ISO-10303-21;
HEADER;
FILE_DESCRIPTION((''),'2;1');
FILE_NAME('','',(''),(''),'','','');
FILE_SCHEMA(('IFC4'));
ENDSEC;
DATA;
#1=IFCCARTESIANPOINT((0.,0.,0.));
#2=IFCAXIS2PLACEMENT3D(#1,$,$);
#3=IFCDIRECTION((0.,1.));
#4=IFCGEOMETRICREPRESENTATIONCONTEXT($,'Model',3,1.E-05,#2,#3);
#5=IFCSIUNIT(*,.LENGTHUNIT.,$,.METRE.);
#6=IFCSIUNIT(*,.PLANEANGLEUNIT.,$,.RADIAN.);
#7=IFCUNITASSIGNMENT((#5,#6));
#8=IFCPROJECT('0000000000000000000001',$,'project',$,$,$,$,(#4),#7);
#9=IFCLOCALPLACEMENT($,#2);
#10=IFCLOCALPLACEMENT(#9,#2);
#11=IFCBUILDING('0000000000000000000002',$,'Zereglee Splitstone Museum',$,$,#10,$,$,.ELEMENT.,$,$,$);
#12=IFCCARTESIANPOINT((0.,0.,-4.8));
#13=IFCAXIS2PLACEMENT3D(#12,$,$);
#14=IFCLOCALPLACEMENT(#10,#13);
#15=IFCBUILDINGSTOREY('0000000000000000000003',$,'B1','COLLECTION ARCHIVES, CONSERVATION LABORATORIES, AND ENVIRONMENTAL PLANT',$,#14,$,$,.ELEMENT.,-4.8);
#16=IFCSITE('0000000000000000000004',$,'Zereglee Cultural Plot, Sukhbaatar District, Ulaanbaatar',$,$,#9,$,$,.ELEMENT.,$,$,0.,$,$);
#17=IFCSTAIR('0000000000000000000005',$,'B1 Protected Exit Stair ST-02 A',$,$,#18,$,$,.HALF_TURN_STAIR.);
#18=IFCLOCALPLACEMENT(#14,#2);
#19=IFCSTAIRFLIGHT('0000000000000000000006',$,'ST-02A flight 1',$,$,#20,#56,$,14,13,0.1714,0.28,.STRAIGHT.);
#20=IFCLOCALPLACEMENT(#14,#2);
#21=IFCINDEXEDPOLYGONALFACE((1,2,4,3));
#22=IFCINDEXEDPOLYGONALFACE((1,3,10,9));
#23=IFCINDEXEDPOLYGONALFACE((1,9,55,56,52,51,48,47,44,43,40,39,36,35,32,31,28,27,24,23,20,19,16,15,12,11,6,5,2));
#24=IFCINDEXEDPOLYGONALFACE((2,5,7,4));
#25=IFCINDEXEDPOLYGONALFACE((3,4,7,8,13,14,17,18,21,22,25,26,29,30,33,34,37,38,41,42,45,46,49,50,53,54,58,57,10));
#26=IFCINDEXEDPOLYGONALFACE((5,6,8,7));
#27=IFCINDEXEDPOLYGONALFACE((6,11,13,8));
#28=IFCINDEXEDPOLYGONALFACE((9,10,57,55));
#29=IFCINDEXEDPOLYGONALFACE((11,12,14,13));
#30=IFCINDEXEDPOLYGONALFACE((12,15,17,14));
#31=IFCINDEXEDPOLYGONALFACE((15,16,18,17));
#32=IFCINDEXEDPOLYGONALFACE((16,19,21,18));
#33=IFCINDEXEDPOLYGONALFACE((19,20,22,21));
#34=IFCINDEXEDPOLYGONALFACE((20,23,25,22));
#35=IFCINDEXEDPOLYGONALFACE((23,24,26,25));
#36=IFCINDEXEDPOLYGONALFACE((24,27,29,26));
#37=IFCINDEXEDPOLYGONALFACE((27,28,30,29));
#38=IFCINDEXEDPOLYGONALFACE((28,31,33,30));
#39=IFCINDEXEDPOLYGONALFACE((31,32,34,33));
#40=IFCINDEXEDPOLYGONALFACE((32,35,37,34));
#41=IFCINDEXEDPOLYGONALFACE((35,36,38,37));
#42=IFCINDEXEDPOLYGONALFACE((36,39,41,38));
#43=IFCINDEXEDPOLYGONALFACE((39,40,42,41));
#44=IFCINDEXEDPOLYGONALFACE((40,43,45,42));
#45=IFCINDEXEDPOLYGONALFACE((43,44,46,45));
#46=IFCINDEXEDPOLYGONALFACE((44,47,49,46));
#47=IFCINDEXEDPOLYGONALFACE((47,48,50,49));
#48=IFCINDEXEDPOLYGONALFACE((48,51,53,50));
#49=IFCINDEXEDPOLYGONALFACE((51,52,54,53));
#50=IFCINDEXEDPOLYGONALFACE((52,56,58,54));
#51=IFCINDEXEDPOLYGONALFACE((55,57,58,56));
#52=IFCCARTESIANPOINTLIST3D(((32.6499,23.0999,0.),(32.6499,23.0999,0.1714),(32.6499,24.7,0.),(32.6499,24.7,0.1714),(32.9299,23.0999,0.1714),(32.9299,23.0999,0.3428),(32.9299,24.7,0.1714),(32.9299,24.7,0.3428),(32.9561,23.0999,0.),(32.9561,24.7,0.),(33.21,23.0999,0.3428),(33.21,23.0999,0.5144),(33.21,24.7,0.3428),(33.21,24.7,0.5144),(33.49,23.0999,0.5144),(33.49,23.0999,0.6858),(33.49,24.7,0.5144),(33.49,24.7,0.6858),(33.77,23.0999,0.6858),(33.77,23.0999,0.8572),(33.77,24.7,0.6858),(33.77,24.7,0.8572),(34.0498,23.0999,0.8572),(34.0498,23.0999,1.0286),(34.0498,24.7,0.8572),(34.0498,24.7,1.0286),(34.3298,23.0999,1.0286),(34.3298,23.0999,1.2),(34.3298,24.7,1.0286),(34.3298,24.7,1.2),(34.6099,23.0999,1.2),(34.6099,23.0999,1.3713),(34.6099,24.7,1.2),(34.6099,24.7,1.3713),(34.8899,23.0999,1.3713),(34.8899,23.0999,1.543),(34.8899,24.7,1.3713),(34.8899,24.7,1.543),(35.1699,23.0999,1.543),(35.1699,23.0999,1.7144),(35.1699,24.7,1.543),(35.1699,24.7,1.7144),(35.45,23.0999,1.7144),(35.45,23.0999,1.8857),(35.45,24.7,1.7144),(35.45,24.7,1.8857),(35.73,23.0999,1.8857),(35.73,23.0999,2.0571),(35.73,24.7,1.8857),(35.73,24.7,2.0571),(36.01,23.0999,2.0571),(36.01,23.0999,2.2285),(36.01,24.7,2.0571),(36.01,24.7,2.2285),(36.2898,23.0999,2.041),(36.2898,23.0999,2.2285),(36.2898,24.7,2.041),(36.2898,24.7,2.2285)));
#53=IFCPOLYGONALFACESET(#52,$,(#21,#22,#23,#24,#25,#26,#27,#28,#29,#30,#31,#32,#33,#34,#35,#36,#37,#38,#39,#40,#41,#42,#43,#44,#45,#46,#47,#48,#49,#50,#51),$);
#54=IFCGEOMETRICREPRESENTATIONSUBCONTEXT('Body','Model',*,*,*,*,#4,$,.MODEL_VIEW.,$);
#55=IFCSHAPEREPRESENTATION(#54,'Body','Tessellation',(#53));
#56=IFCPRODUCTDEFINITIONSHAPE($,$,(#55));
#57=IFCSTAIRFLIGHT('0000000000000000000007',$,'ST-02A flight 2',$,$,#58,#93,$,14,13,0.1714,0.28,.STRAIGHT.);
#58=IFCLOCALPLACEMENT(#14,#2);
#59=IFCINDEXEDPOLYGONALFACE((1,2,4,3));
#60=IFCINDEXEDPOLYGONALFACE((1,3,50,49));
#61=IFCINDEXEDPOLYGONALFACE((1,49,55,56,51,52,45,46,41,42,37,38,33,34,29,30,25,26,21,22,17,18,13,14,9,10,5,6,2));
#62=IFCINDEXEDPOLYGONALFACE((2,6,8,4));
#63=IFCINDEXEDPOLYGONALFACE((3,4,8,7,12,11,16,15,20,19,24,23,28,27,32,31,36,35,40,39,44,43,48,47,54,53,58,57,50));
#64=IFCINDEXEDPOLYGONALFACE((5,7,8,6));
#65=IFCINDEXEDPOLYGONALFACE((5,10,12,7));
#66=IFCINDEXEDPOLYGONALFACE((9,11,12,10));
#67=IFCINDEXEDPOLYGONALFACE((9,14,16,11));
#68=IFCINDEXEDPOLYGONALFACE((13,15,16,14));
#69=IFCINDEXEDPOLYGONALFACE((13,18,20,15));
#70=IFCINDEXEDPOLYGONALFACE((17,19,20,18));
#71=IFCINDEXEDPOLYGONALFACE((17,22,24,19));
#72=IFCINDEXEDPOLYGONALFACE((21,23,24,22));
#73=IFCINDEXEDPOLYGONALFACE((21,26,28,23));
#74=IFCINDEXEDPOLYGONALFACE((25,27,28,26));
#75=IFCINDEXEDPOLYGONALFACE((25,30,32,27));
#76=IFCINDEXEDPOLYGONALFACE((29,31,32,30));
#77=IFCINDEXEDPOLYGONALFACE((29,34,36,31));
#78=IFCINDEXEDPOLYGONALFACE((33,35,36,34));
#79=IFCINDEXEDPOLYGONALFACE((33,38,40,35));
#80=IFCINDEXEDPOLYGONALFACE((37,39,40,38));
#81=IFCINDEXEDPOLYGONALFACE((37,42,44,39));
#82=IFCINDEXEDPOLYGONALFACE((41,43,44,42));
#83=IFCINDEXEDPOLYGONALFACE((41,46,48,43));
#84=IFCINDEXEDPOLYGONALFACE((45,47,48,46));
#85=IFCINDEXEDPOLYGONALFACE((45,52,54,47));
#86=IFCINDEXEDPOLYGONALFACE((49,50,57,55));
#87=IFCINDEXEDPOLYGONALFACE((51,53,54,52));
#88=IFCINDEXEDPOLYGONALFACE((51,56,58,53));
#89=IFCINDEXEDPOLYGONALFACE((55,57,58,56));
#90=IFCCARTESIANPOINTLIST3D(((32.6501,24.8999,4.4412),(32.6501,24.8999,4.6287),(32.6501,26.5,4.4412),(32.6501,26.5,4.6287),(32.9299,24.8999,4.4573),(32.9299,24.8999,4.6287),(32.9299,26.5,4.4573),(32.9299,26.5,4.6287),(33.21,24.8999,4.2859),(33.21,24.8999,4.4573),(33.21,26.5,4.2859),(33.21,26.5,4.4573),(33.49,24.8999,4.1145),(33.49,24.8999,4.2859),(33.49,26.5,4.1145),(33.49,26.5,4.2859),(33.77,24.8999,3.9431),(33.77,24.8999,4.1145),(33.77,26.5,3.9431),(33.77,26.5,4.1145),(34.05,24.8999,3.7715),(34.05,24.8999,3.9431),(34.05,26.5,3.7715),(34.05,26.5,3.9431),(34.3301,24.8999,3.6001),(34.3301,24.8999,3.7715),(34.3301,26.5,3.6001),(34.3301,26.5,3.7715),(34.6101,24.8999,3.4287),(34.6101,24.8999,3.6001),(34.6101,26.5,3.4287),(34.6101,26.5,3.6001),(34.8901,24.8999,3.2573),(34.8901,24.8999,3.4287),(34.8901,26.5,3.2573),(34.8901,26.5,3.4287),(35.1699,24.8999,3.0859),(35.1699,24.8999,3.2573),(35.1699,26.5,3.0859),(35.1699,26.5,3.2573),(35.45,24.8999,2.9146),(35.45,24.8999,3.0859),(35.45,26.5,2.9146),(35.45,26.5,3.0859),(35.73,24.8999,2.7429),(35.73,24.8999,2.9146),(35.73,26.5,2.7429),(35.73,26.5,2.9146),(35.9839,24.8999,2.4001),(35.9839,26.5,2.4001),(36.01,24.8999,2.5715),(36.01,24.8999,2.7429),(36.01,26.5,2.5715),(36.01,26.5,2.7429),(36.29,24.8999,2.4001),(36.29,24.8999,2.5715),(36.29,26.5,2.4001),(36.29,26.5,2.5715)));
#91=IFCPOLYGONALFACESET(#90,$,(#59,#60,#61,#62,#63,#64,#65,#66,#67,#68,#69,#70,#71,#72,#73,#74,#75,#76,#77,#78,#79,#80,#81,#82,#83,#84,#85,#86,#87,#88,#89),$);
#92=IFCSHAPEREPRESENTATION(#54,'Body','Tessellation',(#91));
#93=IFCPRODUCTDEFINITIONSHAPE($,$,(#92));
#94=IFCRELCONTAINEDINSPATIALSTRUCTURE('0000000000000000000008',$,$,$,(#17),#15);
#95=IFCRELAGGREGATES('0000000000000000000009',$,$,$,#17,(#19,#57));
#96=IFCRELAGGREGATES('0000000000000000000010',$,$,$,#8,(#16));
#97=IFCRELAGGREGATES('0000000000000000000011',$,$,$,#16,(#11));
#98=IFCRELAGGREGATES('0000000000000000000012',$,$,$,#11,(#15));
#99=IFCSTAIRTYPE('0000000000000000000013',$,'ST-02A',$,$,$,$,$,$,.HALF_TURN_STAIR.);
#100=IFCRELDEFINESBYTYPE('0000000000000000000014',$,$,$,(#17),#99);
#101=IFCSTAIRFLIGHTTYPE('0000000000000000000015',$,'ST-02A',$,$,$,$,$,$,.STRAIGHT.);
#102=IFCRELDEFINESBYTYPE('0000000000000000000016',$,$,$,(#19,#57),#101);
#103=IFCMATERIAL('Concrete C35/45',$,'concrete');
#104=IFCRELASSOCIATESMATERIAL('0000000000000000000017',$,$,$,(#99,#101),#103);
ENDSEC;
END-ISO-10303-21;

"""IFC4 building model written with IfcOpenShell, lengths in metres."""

from ifc_helpers import new_model, si_unit, direction, frame, origin, place, context, subcontext, project, spatial, polyline, outline, extrude, material, type_object, element, aggregate, save


model = new_model("IFC4")

# Units and contexts
model_context = context("Model", 3, precision=1e-05, world=origin(), true_north=direction((0.0, 1.0)))
body_context = subcontext(model_context, "Body", "Model", "MODEL_VIEW")
ifc_project = project(units=[si_unit("LENGTHUNIT", "METRE"), si_unit("PLANEANGLEUNIT", "RADIAN")], contexts=[model_context])

# Site, building, storey
site_placement = place(None, origin())
site = spatial("IfcSite", under=ifc_project, at=site_placement, Name="Zereglee Cultural Plot, Sukhbaatar District, Ulaanbaatar", CompositionType="ELEMENT", RefElevation=0.0)
building_placement = place(site_placement, origin())
building = spatial("IfcBuilding", under=site, at=building_placement, Name="Zereglee Splitstone Museum", CompositionType="ELEMENT")
storey_placement = place(building_placement, frame((0.0, 0.0, -4.8)))
storey = spatial("IfcBuildingStorey", under=building, at=storey_placement, Name="B1", Description="COLLECTION ARCHIVES, CONSERVATION LABORATORIES, AND ENVIRONMENTAL PLANT", CompositionType="ELEMENT", Elevation=-4.8)

# Stair, stair flights
ifc_material_1 = material(Name="Concrete C35/45", Category="concrete")
stair_type = type_object("IfcStairType", Name="ST-02A", PredefinedType="HALF_TURN_STAIR", material=ifc_material_1)
stair_placement = place(storey_placement, origin())
stair = element("IfcStair", 1, at=stair_placement, inside=storey, type_object=stair_type, Name="B1 Protected Exit Stair ST-02 A", PredefinedType="HALF_TURN_STAIR")
stair_flight_type = type_object("IfcStairFlightType", Name="ST-02A", PredefinedType="STRAIGHT", material=ifc_material_1)
stair_flight_1_placement = place(storey_placement, frame((32.6499, 23.8999, 0.0), z_axis=(0.0, 0.0, 1.0), x_axis=(1.0, 0.0, 0.0)))
stair_flight_1 = element("IfcStairFlight", 2, at=stair_flight_1_placement, type_object=stair_flight_type, Name="ST-02A flight 1", NumberOfRisers=14, NumberOfTreads=13, PredefinedType="STRAIGHT", RiserHeight=0.1714, TreadLength=0.28, context=body_context, shape_type="SweptSolid", body=[
    extrude(outline(polyline([(0.0, 0.0), (0.0, 0.1714), (0.28, 0.1714), (0.28, 0.3428), (0.5601, 0.3428), (0.5601, 0.5144), (0.8401, 0.5144), (0.8401, 0.6858), (1.1201, 0.6858), (1.1201, 0.8572), (1.3999, 0.8572), (1.3999, 1.0286), (1.6799, 1.0286), (1.6799, 1.2), (1.96, 1.2), (1.96, 1.3713), (2.24, 1.3713), (2.24, 1.543), (2.52, 1.543), (2.52, 1.7144), (2.8, 1.7144), (2.8, 1.8857), (3.0801, 1.8857), (3.0801, 2.0571), (3.3601, 2.0571), (3.3601, 2.2285), (3.6399, 2.2285), (3.6399, 2.3999), (3.6399, 2.041), (0.3062, 0.0), (0.0, 0.0)])), frame((0.0, 0.8, 0.0), z_axis=(0.0, -1.0, 0.0), x_axis=(1.0, 0.0, 0.0)), (0.0, 0.0, 1.0), 1.6001),
])
stair_flight_2_placement = place(storey_placement, frame((36.29, 25.7, 2.4001), z_axis=(0.0, 0.0, 1.0), x_axis=(-1.0, 0.0, 0.0)))
stair_flight_2 = element("IfcStairFlight", 3, at=stair_flight_2_placement, type_object=stair_flight_type, Name="ST-02A flight 2", NumberOfRisers=14, NumberOfTreads=13, PredefinedType="STRAIGHT", RiserHeight=0.1714, TreadLength=0.28, context=body_context, shape_type="SweptSolid", body=[
    extrude(outline(polyline([(0.0, 0.0), (0.0, 0.1714), (0.28, 0.1714), (0.28, 0.3428), (0.5601, 0.3428), (0.5601, 0.5144), (0.8401, 0.5144), (0.8401, 0.6858), (1.1201, 0.6858), (1.1201, 0.8572), (1.3999, 0.8572), (1.3999, 1.0286), (1.6799, 1.0286), (1.6799, 1.2), (1.96, 1.2), (1.96, 1.3713), (2.24, 1.3713), (2.24, 1.543), (2.52, 1.543), (2.52, 1.7144), (2.8, 1.7144), (2.8, 1.8857), (3.0801, 1.8857), (3.0801, 2.0571), (3.3601, 2.0571), (3.3601, 2.2285), (3.6399, 2.2285), (3.6399, 2.3999), (3.6399, 2.041), (0.3062, 0.0), (0.0, 0.0)])), frame((0.0, 0.8, 0.0), z_axis=(0.0, -1.0, 0.0), x_axis=(1.0, 0.0, 0.0)), (0.0, 0.0, 1.0), 1.6001),
])
aggregate(stair, [stair_flight_1, stair_flight_2])

save(model, "model.ifc")
